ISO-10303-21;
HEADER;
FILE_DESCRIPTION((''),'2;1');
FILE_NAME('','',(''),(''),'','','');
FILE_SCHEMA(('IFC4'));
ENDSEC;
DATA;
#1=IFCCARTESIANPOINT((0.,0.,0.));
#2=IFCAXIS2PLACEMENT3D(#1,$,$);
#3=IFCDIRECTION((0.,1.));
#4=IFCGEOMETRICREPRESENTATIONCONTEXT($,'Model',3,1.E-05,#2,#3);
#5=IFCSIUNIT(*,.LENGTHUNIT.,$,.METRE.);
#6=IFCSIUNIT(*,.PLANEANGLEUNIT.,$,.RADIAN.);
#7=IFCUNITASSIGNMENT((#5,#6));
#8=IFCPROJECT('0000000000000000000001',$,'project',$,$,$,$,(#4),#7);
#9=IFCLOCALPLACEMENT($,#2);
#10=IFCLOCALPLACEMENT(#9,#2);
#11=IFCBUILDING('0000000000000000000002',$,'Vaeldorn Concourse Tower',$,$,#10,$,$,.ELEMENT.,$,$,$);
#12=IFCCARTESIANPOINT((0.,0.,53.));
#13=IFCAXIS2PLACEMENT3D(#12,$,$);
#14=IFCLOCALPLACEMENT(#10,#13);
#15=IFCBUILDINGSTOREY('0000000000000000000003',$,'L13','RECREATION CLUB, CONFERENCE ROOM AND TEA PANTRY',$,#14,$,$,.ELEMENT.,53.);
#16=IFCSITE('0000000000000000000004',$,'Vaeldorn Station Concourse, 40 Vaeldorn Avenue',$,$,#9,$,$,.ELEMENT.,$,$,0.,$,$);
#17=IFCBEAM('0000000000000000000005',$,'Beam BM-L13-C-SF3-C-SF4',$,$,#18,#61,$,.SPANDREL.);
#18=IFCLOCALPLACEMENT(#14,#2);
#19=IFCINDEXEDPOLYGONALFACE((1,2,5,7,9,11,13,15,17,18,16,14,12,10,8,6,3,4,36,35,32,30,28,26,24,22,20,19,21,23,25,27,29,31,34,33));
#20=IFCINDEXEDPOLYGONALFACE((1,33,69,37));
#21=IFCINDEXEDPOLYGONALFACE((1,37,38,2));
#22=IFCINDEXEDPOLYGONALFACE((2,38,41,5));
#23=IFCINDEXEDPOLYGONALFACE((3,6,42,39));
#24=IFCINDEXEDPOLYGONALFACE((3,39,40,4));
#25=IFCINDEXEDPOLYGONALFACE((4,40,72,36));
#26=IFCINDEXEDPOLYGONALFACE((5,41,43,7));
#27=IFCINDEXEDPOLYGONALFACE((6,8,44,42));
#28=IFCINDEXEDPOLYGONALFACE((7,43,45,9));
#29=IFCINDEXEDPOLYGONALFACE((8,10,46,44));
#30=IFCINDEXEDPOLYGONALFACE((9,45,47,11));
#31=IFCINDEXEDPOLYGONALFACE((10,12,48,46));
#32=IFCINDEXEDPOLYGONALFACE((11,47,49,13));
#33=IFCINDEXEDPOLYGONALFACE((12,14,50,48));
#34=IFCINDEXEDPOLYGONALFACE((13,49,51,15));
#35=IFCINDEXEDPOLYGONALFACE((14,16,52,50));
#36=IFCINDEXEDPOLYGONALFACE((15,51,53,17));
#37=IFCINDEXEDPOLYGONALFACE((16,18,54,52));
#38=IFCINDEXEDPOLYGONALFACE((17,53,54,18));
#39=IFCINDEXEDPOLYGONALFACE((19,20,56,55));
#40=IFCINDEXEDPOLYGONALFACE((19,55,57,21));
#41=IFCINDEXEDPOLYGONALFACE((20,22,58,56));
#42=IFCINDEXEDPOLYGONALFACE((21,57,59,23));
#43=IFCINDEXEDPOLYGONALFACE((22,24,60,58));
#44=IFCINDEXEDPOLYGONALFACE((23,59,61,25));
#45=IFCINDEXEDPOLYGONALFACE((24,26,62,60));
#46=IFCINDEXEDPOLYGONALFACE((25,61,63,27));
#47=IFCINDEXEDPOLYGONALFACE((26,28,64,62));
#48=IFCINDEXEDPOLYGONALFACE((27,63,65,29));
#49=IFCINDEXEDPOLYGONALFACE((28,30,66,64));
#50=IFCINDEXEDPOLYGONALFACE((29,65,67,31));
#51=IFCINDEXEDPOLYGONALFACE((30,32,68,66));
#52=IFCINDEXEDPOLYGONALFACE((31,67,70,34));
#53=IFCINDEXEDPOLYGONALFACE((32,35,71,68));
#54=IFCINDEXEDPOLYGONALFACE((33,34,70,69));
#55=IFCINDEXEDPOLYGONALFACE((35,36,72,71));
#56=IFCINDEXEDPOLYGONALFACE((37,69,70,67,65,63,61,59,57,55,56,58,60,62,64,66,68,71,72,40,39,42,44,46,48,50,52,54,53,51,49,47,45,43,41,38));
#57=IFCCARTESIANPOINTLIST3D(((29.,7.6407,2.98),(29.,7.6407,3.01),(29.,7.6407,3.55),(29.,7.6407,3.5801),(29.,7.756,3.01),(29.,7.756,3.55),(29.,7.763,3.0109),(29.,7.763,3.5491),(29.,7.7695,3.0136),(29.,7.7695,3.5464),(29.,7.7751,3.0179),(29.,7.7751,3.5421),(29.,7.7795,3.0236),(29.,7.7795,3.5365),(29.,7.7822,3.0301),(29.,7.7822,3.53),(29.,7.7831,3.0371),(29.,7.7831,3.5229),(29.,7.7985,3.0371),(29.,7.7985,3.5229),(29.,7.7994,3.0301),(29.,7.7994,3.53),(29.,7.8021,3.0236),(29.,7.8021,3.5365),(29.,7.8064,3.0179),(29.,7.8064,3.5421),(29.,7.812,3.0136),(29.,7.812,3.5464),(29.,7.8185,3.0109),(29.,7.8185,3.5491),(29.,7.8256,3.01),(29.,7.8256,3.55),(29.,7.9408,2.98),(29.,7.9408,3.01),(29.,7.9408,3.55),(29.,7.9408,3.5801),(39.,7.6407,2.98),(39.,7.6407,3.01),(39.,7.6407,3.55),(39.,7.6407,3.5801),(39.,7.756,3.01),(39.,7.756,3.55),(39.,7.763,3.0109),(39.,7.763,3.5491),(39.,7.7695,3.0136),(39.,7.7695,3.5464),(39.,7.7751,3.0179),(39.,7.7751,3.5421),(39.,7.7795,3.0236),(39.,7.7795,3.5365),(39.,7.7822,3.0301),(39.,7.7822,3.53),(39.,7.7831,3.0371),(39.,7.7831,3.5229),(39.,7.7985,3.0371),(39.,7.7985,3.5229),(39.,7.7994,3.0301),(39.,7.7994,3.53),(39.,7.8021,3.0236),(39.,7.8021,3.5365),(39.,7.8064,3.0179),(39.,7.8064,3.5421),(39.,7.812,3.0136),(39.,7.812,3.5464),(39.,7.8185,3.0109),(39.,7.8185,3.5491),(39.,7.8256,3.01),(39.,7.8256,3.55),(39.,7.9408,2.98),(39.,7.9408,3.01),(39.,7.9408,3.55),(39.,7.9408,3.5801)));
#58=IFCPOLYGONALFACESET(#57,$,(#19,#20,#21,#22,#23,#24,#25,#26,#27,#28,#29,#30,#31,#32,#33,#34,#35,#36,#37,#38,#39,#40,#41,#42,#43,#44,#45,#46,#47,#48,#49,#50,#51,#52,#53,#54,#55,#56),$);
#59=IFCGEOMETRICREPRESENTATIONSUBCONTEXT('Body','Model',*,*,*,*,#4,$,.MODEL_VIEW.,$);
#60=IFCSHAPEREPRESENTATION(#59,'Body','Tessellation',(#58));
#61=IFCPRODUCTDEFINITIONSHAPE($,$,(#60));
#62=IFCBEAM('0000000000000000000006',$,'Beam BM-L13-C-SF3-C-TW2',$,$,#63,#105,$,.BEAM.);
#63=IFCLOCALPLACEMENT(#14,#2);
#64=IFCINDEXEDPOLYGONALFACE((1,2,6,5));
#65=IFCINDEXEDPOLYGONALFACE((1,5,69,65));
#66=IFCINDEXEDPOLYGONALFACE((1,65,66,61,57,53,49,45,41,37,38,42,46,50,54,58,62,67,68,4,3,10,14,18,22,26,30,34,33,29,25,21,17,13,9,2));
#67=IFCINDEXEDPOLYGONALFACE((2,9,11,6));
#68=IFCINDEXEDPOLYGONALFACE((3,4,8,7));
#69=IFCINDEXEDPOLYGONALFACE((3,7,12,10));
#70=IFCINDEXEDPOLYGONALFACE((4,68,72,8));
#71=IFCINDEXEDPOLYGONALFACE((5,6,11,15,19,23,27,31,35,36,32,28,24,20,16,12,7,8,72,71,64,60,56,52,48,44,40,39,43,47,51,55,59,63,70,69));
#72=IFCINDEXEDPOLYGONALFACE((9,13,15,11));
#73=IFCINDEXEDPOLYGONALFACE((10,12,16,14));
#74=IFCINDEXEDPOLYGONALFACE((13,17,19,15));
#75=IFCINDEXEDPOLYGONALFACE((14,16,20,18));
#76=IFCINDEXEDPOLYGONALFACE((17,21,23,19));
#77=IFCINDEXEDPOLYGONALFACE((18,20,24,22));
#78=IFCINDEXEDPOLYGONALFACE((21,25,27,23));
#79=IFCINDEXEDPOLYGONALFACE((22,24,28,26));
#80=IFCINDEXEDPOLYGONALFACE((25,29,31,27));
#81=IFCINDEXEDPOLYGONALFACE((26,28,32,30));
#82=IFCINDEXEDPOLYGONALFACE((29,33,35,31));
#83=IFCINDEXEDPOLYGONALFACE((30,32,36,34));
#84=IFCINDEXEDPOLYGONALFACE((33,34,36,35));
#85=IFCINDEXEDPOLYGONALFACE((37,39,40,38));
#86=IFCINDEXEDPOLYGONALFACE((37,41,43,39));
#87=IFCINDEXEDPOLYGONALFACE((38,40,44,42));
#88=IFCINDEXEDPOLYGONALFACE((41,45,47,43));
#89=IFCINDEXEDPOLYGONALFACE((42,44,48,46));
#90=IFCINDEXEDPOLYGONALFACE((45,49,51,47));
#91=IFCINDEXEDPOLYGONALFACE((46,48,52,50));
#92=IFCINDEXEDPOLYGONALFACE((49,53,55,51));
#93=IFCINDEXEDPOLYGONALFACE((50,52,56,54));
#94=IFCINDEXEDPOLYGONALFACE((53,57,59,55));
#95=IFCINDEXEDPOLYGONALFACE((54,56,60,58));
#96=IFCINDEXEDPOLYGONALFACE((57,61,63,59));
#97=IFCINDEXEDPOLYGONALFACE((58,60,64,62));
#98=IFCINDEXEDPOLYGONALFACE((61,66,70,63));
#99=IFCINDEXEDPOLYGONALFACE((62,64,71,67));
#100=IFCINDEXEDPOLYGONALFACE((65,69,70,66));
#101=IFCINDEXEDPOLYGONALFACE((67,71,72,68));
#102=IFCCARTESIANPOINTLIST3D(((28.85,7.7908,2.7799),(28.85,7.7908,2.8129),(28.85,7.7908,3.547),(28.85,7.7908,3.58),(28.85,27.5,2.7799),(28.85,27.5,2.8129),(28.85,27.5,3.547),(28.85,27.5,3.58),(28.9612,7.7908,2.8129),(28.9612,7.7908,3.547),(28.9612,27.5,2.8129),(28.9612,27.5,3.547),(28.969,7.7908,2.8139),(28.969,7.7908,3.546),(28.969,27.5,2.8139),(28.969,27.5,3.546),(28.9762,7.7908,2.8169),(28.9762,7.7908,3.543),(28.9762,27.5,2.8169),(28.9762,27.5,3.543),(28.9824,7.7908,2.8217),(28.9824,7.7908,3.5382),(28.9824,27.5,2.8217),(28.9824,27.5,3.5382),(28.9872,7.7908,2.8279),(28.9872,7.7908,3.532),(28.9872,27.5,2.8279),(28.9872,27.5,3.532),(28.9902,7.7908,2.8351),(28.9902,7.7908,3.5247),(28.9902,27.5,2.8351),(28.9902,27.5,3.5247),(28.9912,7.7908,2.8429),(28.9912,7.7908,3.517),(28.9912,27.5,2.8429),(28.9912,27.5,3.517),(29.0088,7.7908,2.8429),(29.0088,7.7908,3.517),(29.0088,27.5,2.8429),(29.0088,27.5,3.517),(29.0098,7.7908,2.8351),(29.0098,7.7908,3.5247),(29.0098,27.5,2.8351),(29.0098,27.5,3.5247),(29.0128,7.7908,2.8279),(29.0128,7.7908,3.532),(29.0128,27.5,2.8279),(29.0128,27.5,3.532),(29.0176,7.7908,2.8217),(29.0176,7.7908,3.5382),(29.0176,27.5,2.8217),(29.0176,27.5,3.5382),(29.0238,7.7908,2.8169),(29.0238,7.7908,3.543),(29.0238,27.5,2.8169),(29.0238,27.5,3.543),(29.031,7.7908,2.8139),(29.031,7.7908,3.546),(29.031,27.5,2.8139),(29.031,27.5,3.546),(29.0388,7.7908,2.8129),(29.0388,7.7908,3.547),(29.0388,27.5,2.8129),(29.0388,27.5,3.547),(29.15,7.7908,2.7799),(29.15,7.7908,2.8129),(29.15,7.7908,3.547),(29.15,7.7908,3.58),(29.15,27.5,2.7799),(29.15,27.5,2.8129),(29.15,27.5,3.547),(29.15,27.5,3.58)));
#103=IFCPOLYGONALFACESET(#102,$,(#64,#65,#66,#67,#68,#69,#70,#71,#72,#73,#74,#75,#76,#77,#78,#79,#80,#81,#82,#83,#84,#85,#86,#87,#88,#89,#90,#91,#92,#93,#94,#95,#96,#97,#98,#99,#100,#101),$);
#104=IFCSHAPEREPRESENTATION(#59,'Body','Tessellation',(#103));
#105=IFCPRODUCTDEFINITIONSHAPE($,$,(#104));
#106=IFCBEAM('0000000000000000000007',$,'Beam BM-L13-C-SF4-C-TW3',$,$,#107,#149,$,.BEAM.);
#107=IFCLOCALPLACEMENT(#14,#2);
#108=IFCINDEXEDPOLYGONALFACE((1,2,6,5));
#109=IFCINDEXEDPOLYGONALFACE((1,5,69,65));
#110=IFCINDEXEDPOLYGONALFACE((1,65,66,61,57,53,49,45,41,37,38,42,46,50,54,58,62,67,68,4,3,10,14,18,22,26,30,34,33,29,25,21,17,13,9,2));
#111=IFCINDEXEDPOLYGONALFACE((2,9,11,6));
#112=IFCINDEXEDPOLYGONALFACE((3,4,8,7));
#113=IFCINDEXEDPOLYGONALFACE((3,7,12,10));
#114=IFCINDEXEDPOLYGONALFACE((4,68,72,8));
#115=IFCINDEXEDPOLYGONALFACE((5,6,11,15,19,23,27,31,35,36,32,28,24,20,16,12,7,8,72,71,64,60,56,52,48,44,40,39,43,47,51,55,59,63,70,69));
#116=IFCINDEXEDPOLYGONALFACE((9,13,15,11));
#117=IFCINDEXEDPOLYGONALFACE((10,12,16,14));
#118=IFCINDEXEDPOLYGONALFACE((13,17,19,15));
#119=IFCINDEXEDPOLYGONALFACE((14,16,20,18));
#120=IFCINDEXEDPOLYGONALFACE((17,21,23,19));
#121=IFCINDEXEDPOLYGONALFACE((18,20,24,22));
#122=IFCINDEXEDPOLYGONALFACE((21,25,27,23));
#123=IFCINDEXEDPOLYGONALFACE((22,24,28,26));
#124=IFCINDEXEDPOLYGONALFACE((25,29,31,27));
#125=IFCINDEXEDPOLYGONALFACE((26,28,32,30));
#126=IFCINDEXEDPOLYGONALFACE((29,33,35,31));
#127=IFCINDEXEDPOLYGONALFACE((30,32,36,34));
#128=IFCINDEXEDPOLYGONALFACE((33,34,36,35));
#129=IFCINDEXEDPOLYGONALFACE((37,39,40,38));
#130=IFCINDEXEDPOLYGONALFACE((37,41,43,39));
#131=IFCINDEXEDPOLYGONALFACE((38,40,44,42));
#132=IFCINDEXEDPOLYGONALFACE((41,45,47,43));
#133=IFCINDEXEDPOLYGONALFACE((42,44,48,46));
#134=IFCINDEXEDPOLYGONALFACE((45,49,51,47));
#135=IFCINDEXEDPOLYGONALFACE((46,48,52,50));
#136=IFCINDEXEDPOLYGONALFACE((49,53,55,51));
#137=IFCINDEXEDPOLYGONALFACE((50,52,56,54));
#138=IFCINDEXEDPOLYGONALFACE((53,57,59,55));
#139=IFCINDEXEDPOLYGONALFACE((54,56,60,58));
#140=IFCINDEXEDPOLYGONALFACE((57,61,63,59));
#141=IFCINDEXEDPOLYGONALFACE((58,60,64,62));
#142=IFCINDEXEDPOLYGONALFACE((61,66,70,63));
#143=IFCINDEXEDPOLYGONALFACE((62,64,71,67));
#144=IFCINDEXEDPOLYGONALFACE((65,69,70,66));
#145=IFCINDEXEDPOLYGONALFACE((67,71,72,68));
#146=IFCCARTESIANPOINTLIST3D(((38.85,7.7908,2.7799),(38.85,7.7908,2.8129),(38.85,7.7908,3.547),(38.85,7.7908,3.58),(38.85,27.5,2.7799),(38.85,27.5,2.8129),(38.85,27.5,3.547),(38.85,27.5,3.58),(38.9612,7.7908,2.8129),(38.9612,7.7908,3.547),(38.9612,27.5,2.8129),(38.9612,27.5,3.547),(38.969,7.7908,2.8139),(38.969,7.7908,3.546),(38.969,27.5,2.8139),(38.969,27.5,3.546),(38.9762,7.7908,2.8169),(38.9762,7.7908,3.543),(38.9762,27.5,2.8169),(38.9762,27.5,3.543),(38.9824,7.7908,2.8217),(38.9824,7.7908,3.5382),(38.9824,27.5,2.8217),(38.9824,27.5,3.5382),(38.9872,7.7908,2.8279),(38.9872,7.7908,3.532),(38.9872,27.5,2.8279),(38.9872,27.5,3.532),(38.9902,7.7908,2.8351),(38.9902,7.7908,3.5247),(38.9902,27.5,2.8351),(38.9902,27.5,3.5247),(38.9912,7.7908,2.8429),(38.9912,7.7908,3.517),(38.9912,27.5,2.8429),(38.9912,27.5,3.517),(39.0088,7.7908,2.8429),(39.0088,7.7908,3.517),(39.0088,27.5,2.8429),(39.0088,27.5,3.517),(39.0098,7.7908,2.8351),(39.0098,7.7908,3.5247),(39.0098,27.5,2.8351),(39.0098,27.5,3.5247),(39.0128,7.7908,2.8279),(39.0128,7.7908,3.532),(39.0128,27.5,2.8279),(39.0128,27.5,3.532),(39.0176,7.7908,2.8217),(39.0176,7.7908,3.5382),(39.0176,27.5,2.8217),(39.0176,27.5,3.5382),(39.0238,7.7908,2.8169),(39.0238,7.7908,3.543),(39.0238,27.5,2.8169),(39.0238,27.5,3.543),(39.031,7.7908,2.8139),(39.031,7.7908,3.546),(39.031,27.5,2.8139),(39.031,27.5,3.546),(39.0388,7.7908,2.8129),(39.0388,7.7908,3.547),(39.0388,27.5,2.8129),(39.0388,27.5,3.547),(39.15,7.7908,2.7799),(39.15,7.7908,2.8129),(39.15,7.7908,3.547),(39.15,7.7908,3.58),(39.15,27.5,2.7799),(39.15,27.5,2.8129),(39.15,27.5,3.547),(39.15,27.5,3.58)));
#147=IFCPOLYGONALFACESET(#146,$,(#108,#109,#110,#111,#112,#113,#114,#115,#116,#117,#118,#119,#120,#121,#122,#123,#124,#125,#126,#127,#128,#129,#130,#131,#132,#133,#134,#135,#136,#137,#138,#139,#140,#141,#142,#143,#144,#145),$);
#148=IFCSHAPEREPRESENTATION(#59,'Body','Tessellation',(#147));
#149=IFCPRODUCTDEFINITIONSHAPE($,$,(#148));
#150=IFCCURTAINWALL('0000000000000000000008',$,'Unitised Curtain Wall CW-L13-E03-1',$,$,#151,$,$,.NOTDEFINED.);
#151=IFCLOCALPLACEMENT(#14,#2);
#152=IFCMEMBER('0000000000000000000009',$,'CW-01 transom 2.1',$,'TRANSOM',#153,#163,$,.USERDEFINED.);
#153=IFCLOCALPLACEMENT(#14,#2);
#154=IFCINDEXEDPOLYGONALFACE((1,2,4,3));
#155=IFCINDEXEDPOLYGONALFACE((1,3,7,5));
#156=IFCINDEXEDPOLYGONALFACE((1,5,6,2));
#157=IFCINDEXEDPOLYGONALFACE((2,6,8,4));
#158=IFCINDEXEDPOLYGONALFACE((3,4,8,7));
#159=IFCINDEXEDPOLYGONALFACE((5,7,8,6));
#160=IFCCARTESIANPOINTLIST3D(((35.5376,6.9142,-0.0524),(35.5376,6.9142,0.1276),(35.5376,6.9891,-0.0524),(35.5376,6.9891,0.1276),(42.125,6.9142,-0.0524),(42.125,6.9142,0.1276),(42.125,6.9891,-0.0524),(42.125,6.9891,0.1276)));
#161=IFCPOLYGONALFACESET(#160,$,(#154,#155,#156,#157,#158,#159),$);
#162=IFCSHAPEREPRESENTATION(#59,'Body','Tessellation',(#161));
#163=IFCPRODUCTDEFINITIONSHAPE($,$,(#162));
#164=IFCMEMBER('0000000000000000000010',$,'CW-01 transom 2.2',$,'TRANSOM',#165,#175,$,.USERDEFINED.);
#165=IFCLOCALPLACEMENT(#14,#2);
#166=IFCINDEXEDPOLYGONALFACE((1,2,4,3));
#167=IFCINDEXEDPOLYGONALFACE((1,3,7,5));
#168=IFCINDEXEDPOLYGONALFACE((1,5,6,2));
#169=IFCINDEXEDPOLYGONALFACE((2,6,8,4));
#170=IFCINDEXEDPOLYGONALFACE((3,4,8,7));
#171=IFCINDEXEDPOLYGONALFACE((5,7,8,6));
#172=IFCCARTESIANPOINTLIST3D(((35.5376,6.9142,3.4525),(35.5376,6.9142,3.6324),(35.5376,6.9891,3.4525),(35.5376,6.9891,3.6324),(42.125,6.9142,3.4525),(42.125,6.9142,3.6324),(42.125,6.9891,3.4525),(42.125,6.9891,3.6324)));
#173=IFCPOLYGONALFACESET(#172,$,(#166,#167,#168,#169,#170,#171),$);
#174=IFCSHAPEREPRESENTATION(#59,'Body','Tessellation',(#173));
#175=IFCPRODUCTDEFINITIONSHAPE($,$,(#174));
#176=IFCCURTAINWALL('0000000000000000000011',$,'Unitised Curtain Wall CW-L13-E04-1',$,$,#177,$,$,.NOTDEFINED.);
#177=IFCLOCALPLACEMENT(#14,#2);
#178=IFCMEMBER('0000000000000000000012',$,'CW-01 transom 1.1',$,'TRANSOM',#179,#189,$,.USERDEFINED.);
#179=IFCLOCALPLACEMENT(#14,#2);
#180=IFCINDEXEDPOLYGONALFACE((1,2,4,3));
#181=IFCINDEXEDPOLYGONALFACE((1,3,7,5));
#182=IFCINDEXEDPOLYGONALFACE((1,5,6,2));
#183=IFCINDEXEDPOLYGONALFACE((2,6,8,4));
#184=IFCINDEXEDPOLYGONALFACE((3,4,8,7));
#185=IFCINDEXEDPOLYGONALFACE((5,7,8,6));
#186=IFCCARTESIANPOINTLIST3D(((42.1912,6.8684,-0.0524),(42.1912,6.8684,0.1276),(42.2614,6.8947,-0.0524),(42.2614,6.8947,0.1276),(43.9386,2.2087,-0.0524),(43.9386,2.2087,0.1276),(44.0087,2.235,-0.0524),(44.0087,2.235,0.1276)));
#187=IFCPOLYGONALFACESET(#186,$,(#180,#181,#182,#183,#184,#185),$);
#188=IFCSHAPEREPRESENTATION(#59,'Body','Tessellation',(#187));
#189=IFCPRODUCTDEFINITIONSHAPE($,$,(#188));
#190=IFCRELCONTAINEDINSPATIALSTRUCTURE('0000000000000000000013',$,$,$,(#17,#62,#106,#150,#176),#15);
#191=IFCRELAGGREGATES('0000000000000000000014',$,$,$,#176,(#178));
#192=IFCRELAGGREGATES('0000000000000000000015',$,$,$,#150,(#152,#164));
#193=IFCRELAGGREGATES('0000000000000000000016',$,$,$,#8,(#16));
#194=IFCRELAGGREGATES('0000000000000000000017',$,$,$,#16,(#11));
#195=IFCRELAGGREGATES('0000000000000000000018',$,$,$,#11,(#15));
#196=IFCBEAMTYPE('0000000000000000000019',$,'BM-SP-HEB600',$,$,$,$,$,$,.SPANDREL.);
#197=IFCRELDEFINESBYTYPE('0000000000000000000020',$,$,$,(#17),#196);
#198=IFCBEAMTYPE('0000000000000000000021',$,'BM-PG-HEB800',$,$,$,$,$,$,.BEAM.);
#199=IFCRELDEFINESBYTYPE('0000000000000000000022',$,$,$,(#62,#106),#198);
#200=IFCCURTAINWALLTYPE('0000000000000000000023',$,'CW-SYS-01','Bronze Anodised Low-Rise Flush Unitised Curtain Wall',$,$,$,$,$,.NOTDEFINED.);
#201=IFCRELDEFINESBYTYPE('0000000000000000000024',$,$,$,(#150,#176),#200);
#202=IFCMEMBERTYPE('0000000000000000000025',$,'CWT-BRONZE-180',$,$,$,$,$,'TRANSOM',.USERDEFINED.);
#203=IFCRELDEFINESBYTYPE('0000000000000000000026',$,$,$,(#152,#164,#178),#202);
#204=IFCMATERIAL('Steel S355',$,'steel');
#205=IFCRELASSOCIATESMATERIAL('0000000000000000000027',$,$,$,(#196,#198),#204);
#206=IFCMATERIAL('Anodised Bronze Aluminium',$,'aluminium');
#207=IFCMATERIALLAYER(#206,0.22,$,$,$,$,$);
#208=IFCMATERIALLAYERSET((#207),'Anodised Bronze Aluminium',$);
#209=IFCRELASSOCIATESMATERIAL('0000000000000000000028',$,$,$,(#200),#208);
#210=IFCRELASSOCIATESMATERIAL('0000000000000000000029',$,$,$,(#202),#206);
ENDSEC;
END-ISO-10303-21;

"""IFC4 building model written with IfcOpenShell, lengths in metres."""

from ifc_helpers import new_model, si_unit, direction, frame, origin, origin_2d, place, context, subcontext, project, spatial, rectangle, i_section, extrude, source, transform, mapped, material, layer, layer_set, material_profile, profile_set, type_object, element, aggregate, save


model = new_model("IFC4")

# Units and contexts
model_context = context("Model", 3, precision=1e-05, world=origin(), true_north=direction((0.0, 1.0)))
body_context = subcontext(model_context, "Body", "Model", "MODEL_VIEW")
ifc_project = project(units=[si_unit("LENGTHUNIT", "METRE"), si_unit("PLANEANGLEUNIT", "RADIAN")], contexts=[model_context])

# Site, building, storey
site_placement = place(None, origin())
site = spatial("IfcSite", under=ifc_project, at=site_placement, Name="Vaeldorn Station Concourse, 40 Vaeldorn Avenue", CompositionType="ELEMENT", RefElevation=0.0)
building_placement = place(site_placement, origin())
building = spatial("IfcBuilding", under=site, at=building_placement, Name="Vaeldorn Concourse Tower", CompositionType="ELEMENT")
storey_placement = place(building_placement, frame((0.0, 0.0, 53.0)))
storey = spatial("IfcBuildingStorey", under=building, at=storey_placement, Name="L13", Description="RECREATION CLUB, CONFERENCE ROOM AND TEA PANTRY", CompositionType="ELEMENT", Elevation=53.0)

# Beams
ifc_material_1 = material(Name="Steel S355", Category="steel")
ifc_material_profile_1 = material_profile(ifc_material_1, i_section(OverallWidth=0.3, OverallDepth=0.6001, WebThickness=0.0154, FlangeThickness=0.03, FilletRadius=0.0271, at=origin_2d()), Name="HEB 600")
ifc_profile_set_1 = profile_set([ifc_material_profile_1], Name="Steel S355")
beam_type_1 = type_object("IfcBeamType", Name="BM-SP-HEB600", PredefinedType="SPANDREL", material=ifc_profile_set_1)
shared_shape_1 = source(origin(), body_context, "Body", "SweptSolid", [
    extrude(i_section(OverallWidth=0.3, OverallDepth=0.6001, WebThickness=0.0154, FlangeThickness=0.03, FilletRadius=0.0271, at=origin_2d()), origin(), (0.0, 0.0, 1.0), 10.0),
])
beam_1_placement = place(storey_placement, frame((29.0, 7.7908, 3.28), z_axis=(1.0, 0.0, 0.0), x_axis=(0.0, 1.0, 0.0)))
element("IfcBeam", 1, at=beam_1_placement, inside=storey, type_object=beam_type_1, Name="Beam BM-L13-C-SF3-C-SF4", PredefinedType="SPANDREL", context=body_context, shape_type="MappedRepresentation", body=[
    mapped(shared_shape_1, transform((0.0, 0.0, 0.0), scale=1.0)),
])
ifc_material_profile_2 = material_profile(ifc_material_1, i_section(OverallWidth=0.3, OverallDepth=0.8, WebThickness=0.0176, FlangeThickness=0.033, FilletRadius=0.03, at=origin_2d()), Name="HEB 800")
ifc_profile_set_2 = profile_set([ifc_material_profile_2], Name="Steel S355")
beam_type_2 = type_object("IfcBeamType", Name="BM-PG-HEB800", PredefinedType="BEAM", material=ifc_profile_set_2)
shared_shape_2 = source(origin(), body_context, "Body", "SweptSolid", [
    extrude(i_section(OverallWidth=0.3, OverallDepth=0.8, WebThickness=0.0176, FlangeThickness=0.033, FilletRadius=0.03, at=origin_2d()), origin(), (0.0, 0.0, 1.0), 19.7092),
])
for number, where, z_axis, x_axis, name in (
    (2, (29.0, 7.7908, 3.1799), (0.0, 1.0, 0.0), (-1.0, 0.0, 0.0), "Beam BM-L13-C-SF3-C-TW2"),
    (3, (39.0, 7.7908, 3.1799), (0.0, 1.0, 0.0), (-1.0, 0.0, 0.0), "Beam BM-L13-C-SF4-C-TW3"),
):
    element("IfcBeam", number, at=place(storey_placement, frame(where, z_axis=z_axis, x_axis=x_axis)), inside=storey, type_object=beam_type_2, Name=name, PredefinedType="BEAM", context=body_context, shape_type="MappedRepresentation", body=[
        mapped(shared_shape_2, transform((0.0, 0.0, 0.0), scale=1.0)),
    ])

# Curtain walls, members
ifc_material_2 = material(Name="Anodised Bronze Aluminium", Category="aluminium")
ifc_layer_1 = layer(ifc_material_2, 0.22)
ifc_layer_set_1 = layer_set([ifc_layer_1], Name="Anodised Bronze Aluminium")
curtain_wall_type = type_object("IfcCurtainWallType", Name="CW-SYS-01", Description="Bronze Anodised Low-Rise Flush Unitised Curtain Wall", PredefinedType="NOTDEFINED", material=ifc_layer_set_1)
curtain_wall_1_placement = place(storey_placement, origin())
curtain_wall_1 = element("IfcCurtainWall", 4, at=curtain_wall_1_placement, inside=storey, type_object=curtain_wall_type, Name="Unitised Curtain Wall CW-L13-E03-1", PredefinedType="NOTDEFINED")
ifc_material_profile_3 = material_profile(ifc_material_2, rectangle(XDim=0.075, YDim=0.1799, at=origin_2d()), Name="CWT 75x180")
ifc_profile_set_3 = profile_set([ifc_material_profile_3], Name="Anodised Bronze Aluminium")
member_type_1 = type_object("IfcMemberType", Name="CWT-BRONZE-180", ElementType="TRANSOM", PredefinedType="USERDEFINED", material=ifc_profile_set_3)
shared_shape_3 = source(origin(), body_context, "Body", "SweptSolid", [
    extrude(rectangle(XDim=0.075, YDim=0.1799, at=origin_2d()), origin(), (0.0, 0.0, 1.0), 6.5874),
])
member_1_placement = place(storey_placement, frame((35.5376, 6.9517, 0.0376), z_axis=(1.0, 0.0, 0.0), x_axis=(0.0, 1.0, 0.0)))
member_1 = element("IfcMember", 5, at=member_1_placement, type_object=member_type_1, Name="CW-01 transom 2.1", ObjectType="TRANSOM", PredefinedType="USERDEFINED", context=body_context, shape_type="MappedRepresentation", body=[
    mapped(shared_shape_3, transform((0.0, 0.0, 0.0), scale=1.0)),
])
member_2_placement = place(storey_placement, frame((35.5376, 6.9517, 3.5425), z_axis=(1.0, 0.0, 0.0), x_axis=(0.0, 1.0, 0.0)))
member_2 = element("IfcMember", 6, at=member_2_placement, type_object=member_type_1, Name="CW-01 transom 2.2", ObjectType="TRANSOM", PredefinedType="USERDEFINED", context=body_context, shape_type="MappedRepresentation", body=[
    mapped(shared_shape_3, transform((0.0, 0.0, 0.0), scale=1.0)),
])
curtain_wall_2_placement = place(storey_placement, origin())
curtain_wall_2 = element("IfcCurtainWall", 7, at=curtain_wall_2_placement, inside=storey, type_object=curtain_wall_type, Name="Unitised Curtain Wall CW-L13-E04-1", PredefinedType="NOTDEFINED")
shared_shape_4 = source(origin(), body_context, "Body", "SweptSolid", [
    extrude(rectangle(XDim=0.075, YDim=0.1799, at=origin_2d()), origin(), (0.0, 0.0, 1.0), 4.9766),
])
member_3_placement = place(storey_placement, frame((42.2263, 6.8816, 0.0376), z_axis=(0.351113, -0.936333, 0.0), x_axis=(0.936333, 0.351113, 0.0)))
member_3 = element("IfcMember", 8, at=member_3_placement, type_object=member_type_1, Name="CW-01 transom 1.1", ObjectType="TRANSOM", PredefinedType="USERDEFINED", context=body_context, shape_type="MappedRepresentation", body=[
    mapped(shared_shape_4, transform((0.0, 0.0, 0.0), scale=1.0)),
])

aggregate(curtain_wall_2, [member_3])
aggregate(curtain_wall_1, [member_1, member_2])

save(model, "model.ifc")
